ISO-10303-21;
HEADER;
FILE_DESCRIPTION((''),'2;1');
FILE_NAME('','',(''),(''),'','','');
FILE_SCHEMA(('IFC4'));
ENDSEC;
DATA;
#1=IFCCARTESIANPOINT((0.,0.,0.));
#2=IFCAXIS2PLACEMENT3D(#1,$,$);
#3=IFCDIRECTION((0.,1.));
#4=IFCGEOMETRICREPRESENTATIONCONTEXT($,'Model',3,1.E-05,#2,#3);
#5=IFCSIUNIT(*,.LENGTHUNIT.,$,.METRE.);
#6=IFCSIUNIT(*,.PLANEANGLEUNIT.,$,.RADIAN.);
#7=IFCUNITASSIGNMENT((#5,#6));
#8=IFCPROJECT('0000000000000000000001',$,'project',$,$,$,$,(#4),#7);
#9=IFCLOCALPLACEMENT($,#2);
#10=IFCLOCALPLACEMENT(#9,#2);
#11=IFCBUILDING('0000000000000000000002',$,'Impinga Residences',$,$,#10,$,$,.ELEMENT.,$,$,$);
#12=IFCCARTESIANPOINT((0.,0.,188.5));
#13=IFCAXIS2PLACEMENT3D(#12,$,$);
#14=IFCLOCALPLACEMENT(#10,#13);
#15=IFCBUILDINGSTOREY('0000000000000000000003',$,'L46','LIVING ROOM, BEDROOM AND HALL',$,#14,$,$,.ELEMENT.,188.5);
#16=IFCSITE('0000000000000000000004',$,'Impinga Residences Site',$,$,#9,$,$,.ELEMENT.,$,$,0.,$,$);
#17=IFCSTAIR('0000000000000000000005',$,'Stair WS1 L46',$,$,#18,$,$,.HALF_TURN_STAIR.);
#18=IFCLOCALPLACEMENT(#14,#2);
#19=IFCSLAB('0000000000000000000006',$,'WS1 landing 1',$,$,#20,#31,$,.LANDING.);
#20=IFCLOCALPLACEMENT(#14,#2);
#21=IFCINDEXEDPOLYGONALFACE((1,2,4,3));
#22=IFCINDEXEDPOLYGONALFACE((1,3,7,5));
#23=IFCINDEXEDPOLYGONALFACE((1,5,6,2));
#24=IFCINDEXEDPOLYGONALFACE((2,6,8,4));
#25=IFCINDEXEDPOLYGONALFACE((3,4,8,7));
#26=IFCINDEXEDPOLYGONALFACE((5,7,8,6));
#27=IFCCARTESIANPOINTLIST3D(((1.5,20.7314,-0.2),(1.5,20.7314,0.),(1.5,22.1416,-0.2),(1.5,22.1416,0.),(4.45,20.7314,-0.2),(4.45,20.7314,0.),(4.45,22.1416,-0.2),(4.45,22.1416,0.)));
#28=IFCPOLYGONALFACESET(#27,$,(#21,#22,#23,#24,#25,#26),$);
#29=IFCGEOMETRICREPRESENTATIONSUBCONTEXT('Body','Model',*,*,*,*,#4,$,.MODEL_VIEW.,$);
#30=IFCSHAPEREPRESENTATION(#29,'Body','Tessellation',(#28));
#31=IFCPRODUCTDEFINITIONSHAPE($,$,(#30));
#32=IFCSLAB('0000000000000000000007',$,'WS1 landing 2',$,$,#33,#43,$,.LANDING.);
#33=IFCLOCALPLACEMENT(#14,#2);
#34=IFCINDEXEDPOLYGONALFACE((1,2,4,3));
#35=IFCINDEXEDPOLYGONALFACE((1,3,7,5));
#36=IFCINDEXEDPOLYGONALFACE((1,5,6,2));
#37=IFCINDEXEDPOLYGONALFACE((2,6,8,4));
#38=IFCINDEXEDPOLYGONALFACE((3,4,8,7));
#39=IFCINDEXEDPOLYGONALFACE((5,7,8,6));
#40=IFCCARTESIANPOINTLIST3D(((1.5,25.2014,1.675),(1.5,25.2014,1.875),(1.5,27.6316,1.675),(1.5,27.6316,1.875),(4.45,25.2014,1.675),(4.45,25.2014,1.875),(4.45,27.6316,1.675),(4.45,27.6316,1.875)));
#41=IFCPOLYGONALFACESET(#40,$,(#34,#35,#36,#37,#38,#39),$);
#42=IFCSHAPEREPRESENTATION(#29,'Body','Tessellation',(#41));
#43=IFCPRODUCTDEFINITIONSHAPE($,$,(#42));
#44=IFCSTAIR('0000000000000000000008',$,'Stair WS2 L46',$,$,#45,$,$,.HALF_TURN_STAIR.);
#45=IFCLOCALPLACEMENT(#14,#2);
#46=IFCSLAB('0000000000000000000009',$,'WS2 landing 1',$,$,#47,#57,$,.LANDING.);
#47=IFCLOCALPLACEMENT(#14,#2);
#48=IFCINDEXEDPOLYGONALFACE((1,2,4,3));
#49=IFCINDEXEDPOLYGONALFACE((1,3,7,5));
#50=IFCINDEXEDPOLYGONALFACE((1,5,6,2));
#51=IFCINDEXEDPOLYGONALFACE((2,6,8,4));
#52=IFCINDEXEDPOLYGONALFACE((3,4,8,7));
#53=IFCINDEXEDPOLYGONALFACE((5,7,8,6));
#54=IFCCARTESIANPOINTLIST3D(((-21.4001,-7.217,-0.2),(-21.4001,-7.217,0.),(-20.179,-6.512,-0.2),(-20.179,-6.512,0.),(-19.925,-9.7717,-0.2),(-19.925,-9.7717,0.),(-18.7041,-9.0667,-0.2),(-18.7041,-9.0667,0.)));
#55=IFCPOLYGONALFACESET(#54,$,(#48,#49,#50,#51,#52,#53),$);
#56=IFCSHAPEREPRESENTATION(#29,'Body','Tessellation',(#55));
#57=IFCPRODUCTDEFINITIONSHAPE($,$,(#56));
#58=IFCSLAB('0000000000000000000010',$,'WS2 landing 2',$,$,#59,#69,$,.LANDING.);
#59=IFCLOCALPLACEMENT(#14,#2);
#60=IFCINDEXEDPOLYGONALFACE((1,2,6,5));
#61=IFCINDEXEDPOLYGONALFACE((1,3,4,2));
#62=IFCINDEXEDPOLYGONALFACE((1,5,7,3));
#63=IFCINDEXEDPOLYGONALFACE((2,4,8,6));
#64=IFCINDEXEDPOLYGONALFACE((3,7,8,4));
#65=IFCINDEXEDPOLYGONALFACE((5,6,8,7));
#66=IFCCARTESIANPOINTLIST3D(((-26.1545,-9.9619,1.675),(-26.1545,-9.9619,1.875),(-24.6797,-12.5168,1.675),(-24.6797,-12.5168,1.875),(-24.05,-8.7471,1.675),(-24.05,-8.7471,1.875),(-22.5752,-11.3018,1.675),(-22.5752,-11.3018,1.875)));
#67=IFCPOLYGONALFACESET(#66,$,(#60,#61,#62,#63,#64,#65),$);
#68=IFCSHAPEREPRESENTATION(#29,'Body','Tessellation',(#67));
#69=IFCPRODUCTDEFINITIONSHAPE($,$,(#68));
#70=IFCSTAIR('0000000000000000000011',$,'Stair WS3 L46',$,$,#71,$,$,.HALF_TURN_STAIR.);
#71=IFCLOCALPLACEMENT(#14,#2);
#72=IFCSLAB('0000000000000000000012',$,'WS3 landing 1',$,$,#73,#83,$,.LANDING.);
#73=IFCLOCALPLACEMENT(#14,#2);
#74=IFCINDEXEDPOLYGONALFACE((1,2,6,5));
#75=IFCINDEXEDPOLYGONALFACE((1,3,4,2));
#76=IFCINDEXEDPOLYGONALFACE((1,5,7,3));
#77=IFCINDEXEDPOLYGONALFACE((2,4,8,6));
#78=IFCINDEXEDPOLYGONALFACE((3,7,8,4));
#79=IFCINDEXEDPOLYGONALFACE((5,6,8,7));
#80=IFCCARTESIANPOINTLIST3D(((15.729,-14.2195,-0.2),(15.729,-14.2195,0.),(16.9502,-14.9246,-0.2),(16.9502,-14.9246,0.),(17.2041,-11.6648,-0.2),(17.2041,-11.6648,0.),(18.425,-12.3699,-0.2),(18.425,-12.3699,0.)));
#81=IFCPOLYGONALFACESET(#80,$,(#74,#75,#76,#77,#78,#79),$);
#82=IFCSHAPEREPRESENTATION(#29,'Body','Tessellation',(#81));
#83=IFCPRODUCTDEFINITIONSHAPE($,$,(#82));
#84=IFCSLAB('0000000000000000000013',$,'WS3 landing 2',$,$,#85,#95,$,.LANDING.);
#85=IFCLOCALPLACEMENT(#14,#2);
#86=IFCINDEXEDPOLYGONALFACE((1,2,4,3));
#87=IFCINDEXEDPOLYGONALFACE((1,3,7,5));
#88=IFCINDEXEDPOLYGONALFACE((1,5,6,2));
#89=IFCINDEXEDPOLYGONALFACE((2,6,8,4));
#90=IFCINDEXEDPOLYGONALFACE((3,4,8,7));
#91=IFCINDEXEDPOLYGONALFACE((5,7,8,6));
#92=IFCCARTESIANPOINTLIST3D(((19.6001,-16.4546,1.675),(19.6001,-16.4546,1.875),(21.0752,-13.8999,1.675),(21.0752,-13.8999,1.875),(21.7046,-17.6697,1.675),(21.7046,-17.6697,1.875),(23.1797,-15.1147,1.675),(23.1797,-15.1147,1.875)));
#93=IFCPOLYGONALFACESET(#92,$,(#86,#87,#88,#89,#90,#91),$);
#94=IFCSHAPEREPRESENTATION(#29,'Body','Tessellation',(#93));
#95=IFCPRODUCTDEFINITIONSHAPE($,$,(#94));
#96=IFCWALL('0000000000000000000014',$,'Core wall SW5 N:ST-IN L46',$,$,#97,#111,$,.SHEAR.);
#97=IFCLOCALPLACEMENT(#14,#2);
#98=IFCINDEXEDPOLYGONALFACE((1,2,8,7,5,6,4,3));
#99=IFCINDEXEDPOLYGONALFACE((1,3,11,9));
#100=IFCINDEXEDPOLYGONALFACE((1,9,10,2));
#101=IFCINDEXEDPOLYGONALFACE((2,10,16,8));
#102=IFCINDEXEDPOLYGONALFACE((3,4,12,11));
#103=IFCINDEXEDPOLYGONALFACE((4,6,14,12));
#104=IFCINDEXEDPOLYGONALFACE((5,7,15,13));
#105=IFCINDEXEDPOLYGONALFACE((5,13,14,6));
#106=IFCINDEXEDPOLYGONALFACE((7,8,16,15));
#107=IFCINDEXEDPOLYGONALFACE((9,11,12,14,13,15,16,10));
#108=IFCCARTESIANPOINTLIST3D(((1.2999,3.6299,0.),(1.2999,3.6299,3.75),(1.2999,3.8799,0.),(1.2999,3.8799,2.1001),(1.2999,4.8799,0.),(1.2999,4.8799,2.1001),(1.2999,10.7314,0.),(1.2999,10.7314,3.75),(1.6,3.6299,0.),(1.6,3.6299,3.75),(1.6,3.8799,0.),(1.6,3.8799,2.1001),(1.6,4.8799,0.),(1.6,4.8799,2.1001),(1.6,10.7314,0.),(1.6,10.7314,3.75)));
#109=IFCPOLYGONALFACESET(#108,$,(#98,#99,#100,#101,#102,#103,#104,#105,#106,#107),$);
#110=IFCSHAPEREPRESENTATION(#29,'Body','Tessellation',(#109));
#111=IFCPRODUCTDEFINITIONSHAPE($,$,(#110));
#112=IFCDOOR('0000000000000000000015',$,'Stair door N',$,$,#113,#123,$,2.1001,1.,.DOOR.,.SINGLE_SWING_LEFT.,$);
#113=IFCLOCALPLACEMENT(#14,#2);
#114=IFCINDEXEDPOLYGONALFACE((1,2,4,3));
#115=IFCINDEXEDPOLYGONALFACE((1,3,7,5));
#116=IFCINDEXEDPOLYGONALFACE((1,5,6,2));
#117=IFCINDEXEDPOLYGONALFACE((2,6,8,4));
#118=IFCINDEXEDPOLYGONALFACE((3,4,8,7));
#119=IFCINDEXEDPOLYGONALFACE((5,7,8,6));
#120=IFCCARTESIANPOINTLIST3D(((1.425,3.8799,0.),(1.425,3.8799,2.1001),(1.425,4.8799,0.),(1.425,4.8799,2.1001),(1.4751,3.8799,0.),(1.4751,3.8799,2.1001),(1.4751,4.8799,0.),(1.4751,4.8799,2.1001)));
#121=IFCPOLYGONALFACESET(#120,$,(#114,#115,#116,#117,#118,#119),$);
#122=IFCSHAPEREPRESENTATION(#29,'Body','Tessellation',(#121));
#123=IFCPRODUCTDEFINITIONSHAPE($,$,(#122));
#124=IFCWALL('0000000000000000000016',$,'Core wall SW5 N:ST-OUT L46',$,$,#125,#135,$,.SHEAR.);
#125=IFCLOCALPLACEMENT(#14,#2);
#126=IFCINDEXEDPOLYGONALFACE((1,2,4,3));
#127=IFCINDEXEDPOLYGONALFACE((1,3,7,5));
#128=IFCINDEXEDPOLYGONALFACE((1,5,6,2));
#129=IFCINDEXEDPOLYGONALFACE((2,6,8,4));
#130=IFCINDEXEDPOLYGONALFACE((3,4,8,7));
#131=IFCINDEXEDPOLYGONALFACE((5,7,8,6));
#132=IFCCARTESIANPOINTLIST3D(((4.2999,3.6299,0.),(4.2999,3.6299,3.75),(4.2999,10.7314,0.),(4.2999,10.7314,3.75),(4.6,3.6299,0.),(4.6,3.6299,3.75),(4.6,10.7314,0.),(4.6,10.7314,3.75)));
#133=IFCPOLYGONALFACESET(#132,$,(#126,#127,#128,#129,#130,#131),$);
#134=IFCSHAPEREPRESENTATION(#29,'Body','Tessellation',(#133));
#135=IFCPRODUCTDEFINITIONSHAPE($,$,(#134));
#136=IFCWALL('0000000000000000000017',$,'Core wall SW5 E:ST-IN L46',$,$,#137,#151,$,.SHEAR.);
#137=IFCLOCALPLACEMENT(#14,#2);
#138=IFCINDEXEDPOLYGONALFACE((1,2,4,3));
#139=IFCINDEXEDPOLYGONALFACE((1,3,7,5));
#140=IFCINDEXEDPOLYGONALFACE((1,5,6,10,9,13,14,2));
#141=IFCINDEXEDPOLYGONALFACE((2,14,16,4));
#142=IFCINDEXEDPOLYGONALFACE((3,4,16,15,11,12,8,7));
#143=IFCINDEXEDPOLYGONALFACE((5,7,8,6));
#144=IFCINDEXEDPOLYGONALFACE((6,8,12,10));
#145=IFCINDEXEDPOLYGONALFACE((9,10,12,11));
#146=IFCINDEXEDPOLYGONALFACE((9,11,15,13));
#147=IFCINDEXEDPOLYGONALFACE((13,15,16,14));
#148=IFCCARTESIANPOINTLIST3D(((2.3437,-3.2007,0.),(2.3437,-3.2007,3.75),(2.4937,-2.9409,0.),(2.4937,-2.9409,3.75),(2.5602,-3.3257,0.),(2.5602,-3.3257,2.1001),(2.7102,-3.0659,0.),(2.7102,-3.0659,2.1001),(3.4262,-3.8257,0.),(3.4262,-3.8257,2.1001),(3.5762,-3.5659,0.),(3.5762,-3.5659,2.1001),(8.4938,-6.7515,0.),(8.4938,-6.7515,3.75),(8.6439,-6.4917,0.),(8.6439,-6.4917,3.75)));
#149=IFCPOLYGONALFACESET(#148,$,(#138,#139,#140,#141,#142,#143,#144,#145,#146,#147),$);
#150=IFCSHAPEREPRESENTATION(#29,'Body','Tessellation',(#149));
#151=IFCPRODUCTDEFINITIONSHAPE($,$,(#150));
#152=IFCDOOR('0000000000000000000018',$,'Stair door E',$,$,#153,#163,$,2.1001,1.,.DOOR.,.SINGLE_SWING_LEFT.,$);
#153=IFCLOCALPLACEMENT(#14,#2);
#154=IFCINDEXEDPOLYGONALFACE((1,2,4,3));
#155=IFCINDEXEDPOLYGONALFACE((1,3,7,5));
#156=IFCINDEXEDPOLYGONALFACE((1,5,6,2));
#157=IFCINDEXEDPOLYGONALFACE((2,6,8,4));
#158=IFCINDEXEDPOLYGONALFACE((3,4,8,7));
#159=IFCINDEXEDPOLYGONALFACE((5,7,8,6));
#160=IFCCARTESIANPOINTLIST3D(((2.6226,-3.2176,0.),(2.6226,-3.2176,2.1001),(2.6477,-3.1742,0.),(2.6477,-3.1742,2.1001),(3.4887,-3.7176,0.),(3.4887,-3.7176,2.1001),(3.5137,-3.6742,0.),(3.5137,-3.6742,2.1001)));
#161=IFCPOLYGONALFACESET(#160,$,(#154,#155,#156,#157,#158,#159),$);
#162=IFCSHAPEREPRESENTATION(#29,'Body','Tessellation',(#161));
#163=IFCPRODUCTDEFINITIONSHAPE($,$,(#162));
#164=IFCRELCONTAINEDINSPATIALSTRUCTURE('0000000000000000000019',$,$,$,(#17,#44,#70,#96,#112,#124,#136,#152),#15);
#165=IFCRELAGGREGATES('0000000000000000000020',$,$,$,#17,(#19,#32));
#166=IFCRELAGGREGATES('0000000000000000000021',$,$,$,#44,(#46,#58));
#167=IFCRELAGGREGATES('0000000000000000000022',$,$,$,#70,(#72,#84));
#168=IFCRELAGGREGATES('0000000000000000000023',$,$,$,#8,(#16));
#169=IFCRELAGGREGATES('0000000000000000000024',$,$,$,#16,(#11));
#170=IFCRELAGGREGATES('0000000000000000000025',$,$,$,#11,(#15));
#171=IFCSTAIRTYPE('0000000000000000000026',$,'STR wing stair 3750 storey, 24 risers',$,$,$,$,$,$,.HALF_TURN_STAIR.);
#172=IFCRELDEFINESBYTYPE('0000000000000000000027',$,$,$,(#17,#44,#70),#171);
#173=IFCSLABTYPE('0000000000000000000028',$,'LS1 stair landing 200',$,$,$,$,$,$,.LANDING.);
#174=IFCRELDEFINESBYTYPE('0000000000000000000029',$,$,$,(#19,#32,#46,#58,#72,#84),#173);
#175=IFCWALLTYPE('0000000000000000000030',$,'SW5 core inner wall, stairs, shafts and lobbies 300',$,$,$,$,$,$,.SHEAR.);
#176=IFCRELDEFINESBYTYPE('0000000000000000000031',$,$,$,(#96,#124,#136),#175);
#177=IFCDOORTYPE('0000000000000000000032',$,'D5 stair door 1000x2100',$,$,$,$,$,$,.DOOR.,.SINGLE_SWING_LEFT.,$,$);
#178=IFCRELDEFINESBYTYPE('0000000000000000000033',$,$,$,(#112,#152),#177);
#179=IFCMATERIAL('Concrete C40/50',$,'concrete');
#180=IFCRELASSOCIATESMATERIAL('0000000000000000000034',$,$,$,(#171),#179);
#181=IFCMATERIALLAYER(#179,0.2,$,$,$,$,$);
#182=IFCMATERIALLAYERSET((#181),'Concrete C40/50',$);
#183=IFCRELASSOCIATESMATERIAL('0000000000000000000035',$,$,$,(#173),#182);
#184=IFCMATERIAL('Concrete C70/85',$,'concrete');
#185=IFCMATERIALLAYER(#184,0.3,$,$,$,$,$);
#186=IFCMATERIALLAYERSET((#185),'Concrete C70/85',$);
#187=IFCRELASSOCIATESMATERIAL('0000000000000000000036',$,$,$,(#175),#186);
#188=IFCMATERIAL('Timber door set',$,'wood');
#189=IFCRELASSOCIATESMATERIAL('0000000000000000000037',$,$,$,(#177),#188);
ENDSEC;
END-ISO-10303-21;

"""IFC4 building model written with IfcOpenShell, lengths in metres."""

from ifc_helpers import new_model, si_unit, direction, frame, frame_2d, origin, place, context, subcontext, project, spatial, polyline, rectangle, outline, extrude, material, layer, layer_set, type_object, element, fill, aggregate, save


model = new_model("IFC4")

# Units and contexts
model_context = context("Model", 3, precision=1e-05, world=origin(), true_north=direction((0.0, 1.0)))
body_context = subcontext(model_context, "Body", "Model", "MODEL_VIEW")
ifc_project = project(units=[si_unit("LENGTHUNIT", "METRE"), si_unit("PLANEANGLEUNIT", "RADIAN")], contexts=[model_context])

# Site, building, storey
site_placement = place(None, origin())
site = spatial("IfcSite", under=ifc_project, at=site_placement, Name="Impinga Residences Site", CompositionType="ELEMENT", RefElevation=0.0)
building_placement = place(site_placement, origin())
building = spatial("IfcBuilding", under=site, at=building_placement, Name="Impinga Residences", CompositionType="ELEMENT")
storey_placement = place(building_placement, frame((0.0, 0.0, 188.5)))
storey = spatial("IfcBuildingStorey", under=building, at=storey_placement, Name="L46", Description="LIVING ROOM, BEDROOM AND HALL", CompositionType="ELEMENT", Elevation=188.5)

# Stairs, slabs
ifc_material_1 = material(Name="Concrete C40/50", Category="concrete")
stair_type_1 = type_object("IfcStairType", Name="STR wing stair 3750 storey, 24 risers", PredefinedType="HALF_TURN_STAIR", material=ifc_material_1)
stair_1_placement = place(storey_placement, origin())
stair_1 = element("IfcStair", 1, at=stair_1_placement, inside=storey, type_object=stair_type_1, Name="Stair WS1 L46", PredefinedType="HALF_TURN_STAIR")
ifc_layer_1 = layer(ifc_material_1, 0.2)
ifc_layer_set_1 = layer_set([ifc_layer_1], Name="Concrete C40/50")
slab_type = type_object("IfcSlabType", Name="LS1 stair landing 200", PredefinedType="LANDING", material=ifc_layer_set_1)
slab_1_placement = place(storey_placement, frame((0.0, 0.0, -0.2)))
slab_1 = element("IfcSlab", 2, at=slab_1_placement, type_object=slab_type, Name="WS1 landing 1", PredefinedType="LANDING", context=body_context, shape_type="SweptSolid", body=[
    extrude(outline(polyline([(1.5, 20.7314), (4.45, 20.7314), (4.45, 22.1416), (1.5, 22.1416), (1.5, 20.7314)])), origin(), (0.0, 0.0, 1.0), 0.2),
])
slab_2_placement = place(storey_placement, frame((0.0, 0.0, 1.675)))
slab_2 = element("IfcSlab", 3, at=slab_2_placement, type_object=slab_type, Name="WS1 landing 2", PredefinedType="LANDING", context=body_context, shape_type="SweptSolid", body=[
    extrude(outline(polyline([(1.5, 25.2014), (4.45, 25.2014), (4.45, 27.6316), (1.5, 27.6316), (1.5, 25.2014)])), origin(), (0.0, 0.0, 1.0), 0.2),
])
aggregate(stair_1, [slab_1, slab_2])
stair_2_placement = place(storey_placement, origin())
stair_2 = element("IfcStair", 4, at=stair_2_placement, inside=storey, type_object=stair_type_1, Name="Stair WS2 L46", PredefinedType="HALF_TURN_STAIR")
slab_3_placement = place(storey_placement, frame((0.0, 0.0, -0.2)))
slab_3 = element("IfcSlab", 5, at=slab_3_placement, type_object=slab_type, Name="WS2 landing 1", PredefinedType="LANDING", context=body_context, shape_type="SweptSolid", body=[
    extrude(outline(polyline([(-18.7041, -9.0667), (-20.179, -6.512), (-21.4001, -7.217), (-19.925, -9.7717), (-18.7041, -9.0667)])), origin(), (0.0, 0.0, 1.0), 0.2),
])
slab_4_placement = place(storey_placement, frame((0.0, 0.0, 1.675)))
slab_4 = element("IfcSlab", 6, at=slab_4_placement, type_object=slab_type, Name="WS2 landing 2", PredefinedType="LANDING", context=body_context, shape_type="SweptSolid", body=[
    extrude(outline(polyline([(-22.5752, -11.3018), (-24.05, -8.7471), (-26.1545, -9.9619), (-24.6797, -12.5168), (-22.5752, -11.3018)])), origin(), (0.0, 0.0, 1.0), 0.2),
])
aggregate(stair_2, [slab_3, slab_4])
stair_3_placement = place(storey_placement, origin())
stair_3 = element("IfcStair", 7, at=stair_3_placement, inside=storey, type_object=stair_type_1, Name="Stair WS3 L46", PredefinedType="HALF_TURN_STAIR")
slab_5_placement = place(storey_placement, frame((0.0, 0.0, -0.2)))
slab_5 = element("IfcSlab", 8, at=slab_5_placement, type_object=slab_type, Name="WS3 landing 1", PredefinedType="LANDING", context=body_context, shape_type="SweptSolid", body=[
    extrude(outline(polyline([(17.2041, -11.6648), (15.729, -14.2195), (16.9502, -14.9246), (18.425, -12.3699), (17.2041, -11.6648)])), origin(), (0.0, 0.0, 1.0), 0.2),
])
slab_6_placement = place(storey_placement, frame((0.0, 0.0, 1.675)))
slab_6 = element("IfcSlab", 9, at=slab_6_placement, type_object=slab_type, Name="WS3 landing 2", PredefinedType="LANDING", context=body_context, shape_type="SweptSolid", body=[
    extrude(outline(polyline([(21.0752, -13.8999), (19.6001, -16.4546), (21.7046, -17.6697), (23.1797, -15.1147), (21.0752, -13.8999)])), origin(), (0.0, 0.0, 1.0), 0.2),
])
aggregate(stair_3, [slab_5, slab_6])

# Wall, opening, door
ifc_material_2 = material(Name="Concrete C70/85", Category="concrete")
ifc_layer_2 = layer(ifc_material_2, 0.3)
ifc_layer_set_2 = layer_set([ifc_layer_2], Name="Concrete C70/85")
wall_type = type_object("IfcWallType", Name="SW5 core inner wall, stairs, shafts and lobbies 300", PredefinedType="SHEAR", material=ifc_layer_set_2)
wall_1_placement = place(storey_placement, frame((1.45, 3.6299, 0.0), z_axis=(0.0, 0.0, 1.0), x_axis=(0.0, 1.0, 0.0)))
wall_1 = element("IfcWall", 10, at=wall_1_placement, inside=storey, type_object=wall_type, Name="Core wall SW5 N:ST-IN L46", PredefinedType="SHEAR", context=body_context, shape_type="SweptSolid", body=[
    extrude(rectangle(XDim=7.1016, YDim=0.3, at=frame_2d((3.5508, 0.0))), origin(), (0.0, 0.0, 1.0), 3.75),
])
opening_1_placement = place(wall_1_placement, frame((0.25, 0.0, 0.0)))
opening_1 = element("IfcOpeningElement", 11, at=opening_1_placement, cuts=wall_1, PredefinedType="OPENING", context=body_context, shape_type="SweptSolid", body=[
    extrude(rectangle(XDim=1.0, YDim=2.1001, at=frame_2d((0.5, 1.05))), frame((0.0, 0.1599, 0.0), z_axis=(0.0, -1.0, 0.0), x_axis=(1.0, 0.0, 0.0)), (0.0, 0.0, 1.0), 0.3201),
])
ifc_material_3 = material(Name="Timber door set", Category="wood")
door_type_1 = type_object("IfcDoorType", Name="D5 stair door 1000x2100", OperationType="SINGLE_SWING_LEFT", PredefinedType="DOOR", material=ifc_material_3)
door_1_placement = place(opening_1_placement, origin())
door_1 = element("IfcDoor", 12, at=door_1_placement, inside=storey, type_object=door_type_1, Name="Stair door N", OperationType="SINGLE_SWING_LEFT", OverallHeight=2.1001, OverallWidth=1.0, PredefinedType="DOOR", context=body_context, shape_type="SweptSolid", body=[
    extrude(rectangle(XDim=1.0, YDim=2.1001, at=frame_2d((0.5, 1.05))), frame((0.0, 0.0249, 0.0), z_axis=(0.0, -1.0, 0.0), x_axis=(1.0, 0.0, 0.0)), (0.0, 0.0, 1.0), 0.05),
])
fill(opening_1, door_1)

# Wall
wall_2_placement = place(storey_placement, frame((4.45, 3.6299, 0.0), z_axis=(0.0, 0.0, 1.0), x_axis=(0.0, 1.0, 0.0)))
element("IfcWall", 13, at=wall_2_placement, inside=storey, type_object=wall_type, Name="Core wall SW5 N:ST-OUT L46", PredefinedType="SHEAR", context=body_context, shape_type="SweptSolid", body=[
    extrude(rectangle(XDim=7.1016, YDim=0.3, at=frame_2d((3.5508, 0.0))), origin(), (0.0, 0.0, 1.0), 3.75),
])

# Wall, opening, door
wall_3_placement = place(storey_placement, frame((2.4187, -3.0708, 0.0), z_axis=(0.0, 0.0, 1.0), x_axis=(0.866026, -0.499999, 0.0)))
wall_3 = element("IfcWall", 14, at=wall_3_placement, inside=storey, type_object=wall_type, Name="Core wall SW5 E:ST-IN L46", PredefinedType="SHEAR", context=body_context, shape_type="SweptSolid", body=[
    extrude(rectangle(XDim=7.1016, YDim=0.3, at=frame_2d((3.5508, 0.0))), origin(), (0.0, 0.0, 1.0), 3.75),
])
opening_2_placement = place(wall_3_placement, frame((0.25, 0.0, 0.0)))
opening_2 = element("IfcOpeningElement", 15, at=opening_2_placement, cuts=wall_3, PredefinedType="OPENING", context=body_context, shape_type="SweptSolid", body=[
    extrude(rectangle(XDim=1.0, YDim=2.1001, at=frame_2d((0.5, 1.05))), frame((0.0, 0.1599, 0.0), z_axis=(0.0, -1.0, 0.0), x_axis=(1.0, 0.0, 0.0)), (0.0, 0.0, 1.0), 0.3201),
])
door_2_placement = place(opening_2_placement, origin())
door_2 = element("IfcDoor", 16, at=door_2_placement, inside=storey, type_object=door_type_1, Name="Stair door E", OperationType="SINGLE_SWING_LEFT", OverallHeight=2.1001, OverallWidth=1.0, PredefinedType="DOOR", context=body_context, shape_type="SweptSolid", body=[
    extrude(rectangle(XDim=1.0, YDim=2.1001, at=frame_2d((0.5, 1.05))), frame((0.0, 0.0249, 0.0), z_axis=(0.0, -1.0, 0.0), x_axis=(1.0, 0.0, 0.0)), (0.0, 0.0, 1.0), 0.05),
])
fill(opening_2, door_2)

save(model, "model.ifc")
